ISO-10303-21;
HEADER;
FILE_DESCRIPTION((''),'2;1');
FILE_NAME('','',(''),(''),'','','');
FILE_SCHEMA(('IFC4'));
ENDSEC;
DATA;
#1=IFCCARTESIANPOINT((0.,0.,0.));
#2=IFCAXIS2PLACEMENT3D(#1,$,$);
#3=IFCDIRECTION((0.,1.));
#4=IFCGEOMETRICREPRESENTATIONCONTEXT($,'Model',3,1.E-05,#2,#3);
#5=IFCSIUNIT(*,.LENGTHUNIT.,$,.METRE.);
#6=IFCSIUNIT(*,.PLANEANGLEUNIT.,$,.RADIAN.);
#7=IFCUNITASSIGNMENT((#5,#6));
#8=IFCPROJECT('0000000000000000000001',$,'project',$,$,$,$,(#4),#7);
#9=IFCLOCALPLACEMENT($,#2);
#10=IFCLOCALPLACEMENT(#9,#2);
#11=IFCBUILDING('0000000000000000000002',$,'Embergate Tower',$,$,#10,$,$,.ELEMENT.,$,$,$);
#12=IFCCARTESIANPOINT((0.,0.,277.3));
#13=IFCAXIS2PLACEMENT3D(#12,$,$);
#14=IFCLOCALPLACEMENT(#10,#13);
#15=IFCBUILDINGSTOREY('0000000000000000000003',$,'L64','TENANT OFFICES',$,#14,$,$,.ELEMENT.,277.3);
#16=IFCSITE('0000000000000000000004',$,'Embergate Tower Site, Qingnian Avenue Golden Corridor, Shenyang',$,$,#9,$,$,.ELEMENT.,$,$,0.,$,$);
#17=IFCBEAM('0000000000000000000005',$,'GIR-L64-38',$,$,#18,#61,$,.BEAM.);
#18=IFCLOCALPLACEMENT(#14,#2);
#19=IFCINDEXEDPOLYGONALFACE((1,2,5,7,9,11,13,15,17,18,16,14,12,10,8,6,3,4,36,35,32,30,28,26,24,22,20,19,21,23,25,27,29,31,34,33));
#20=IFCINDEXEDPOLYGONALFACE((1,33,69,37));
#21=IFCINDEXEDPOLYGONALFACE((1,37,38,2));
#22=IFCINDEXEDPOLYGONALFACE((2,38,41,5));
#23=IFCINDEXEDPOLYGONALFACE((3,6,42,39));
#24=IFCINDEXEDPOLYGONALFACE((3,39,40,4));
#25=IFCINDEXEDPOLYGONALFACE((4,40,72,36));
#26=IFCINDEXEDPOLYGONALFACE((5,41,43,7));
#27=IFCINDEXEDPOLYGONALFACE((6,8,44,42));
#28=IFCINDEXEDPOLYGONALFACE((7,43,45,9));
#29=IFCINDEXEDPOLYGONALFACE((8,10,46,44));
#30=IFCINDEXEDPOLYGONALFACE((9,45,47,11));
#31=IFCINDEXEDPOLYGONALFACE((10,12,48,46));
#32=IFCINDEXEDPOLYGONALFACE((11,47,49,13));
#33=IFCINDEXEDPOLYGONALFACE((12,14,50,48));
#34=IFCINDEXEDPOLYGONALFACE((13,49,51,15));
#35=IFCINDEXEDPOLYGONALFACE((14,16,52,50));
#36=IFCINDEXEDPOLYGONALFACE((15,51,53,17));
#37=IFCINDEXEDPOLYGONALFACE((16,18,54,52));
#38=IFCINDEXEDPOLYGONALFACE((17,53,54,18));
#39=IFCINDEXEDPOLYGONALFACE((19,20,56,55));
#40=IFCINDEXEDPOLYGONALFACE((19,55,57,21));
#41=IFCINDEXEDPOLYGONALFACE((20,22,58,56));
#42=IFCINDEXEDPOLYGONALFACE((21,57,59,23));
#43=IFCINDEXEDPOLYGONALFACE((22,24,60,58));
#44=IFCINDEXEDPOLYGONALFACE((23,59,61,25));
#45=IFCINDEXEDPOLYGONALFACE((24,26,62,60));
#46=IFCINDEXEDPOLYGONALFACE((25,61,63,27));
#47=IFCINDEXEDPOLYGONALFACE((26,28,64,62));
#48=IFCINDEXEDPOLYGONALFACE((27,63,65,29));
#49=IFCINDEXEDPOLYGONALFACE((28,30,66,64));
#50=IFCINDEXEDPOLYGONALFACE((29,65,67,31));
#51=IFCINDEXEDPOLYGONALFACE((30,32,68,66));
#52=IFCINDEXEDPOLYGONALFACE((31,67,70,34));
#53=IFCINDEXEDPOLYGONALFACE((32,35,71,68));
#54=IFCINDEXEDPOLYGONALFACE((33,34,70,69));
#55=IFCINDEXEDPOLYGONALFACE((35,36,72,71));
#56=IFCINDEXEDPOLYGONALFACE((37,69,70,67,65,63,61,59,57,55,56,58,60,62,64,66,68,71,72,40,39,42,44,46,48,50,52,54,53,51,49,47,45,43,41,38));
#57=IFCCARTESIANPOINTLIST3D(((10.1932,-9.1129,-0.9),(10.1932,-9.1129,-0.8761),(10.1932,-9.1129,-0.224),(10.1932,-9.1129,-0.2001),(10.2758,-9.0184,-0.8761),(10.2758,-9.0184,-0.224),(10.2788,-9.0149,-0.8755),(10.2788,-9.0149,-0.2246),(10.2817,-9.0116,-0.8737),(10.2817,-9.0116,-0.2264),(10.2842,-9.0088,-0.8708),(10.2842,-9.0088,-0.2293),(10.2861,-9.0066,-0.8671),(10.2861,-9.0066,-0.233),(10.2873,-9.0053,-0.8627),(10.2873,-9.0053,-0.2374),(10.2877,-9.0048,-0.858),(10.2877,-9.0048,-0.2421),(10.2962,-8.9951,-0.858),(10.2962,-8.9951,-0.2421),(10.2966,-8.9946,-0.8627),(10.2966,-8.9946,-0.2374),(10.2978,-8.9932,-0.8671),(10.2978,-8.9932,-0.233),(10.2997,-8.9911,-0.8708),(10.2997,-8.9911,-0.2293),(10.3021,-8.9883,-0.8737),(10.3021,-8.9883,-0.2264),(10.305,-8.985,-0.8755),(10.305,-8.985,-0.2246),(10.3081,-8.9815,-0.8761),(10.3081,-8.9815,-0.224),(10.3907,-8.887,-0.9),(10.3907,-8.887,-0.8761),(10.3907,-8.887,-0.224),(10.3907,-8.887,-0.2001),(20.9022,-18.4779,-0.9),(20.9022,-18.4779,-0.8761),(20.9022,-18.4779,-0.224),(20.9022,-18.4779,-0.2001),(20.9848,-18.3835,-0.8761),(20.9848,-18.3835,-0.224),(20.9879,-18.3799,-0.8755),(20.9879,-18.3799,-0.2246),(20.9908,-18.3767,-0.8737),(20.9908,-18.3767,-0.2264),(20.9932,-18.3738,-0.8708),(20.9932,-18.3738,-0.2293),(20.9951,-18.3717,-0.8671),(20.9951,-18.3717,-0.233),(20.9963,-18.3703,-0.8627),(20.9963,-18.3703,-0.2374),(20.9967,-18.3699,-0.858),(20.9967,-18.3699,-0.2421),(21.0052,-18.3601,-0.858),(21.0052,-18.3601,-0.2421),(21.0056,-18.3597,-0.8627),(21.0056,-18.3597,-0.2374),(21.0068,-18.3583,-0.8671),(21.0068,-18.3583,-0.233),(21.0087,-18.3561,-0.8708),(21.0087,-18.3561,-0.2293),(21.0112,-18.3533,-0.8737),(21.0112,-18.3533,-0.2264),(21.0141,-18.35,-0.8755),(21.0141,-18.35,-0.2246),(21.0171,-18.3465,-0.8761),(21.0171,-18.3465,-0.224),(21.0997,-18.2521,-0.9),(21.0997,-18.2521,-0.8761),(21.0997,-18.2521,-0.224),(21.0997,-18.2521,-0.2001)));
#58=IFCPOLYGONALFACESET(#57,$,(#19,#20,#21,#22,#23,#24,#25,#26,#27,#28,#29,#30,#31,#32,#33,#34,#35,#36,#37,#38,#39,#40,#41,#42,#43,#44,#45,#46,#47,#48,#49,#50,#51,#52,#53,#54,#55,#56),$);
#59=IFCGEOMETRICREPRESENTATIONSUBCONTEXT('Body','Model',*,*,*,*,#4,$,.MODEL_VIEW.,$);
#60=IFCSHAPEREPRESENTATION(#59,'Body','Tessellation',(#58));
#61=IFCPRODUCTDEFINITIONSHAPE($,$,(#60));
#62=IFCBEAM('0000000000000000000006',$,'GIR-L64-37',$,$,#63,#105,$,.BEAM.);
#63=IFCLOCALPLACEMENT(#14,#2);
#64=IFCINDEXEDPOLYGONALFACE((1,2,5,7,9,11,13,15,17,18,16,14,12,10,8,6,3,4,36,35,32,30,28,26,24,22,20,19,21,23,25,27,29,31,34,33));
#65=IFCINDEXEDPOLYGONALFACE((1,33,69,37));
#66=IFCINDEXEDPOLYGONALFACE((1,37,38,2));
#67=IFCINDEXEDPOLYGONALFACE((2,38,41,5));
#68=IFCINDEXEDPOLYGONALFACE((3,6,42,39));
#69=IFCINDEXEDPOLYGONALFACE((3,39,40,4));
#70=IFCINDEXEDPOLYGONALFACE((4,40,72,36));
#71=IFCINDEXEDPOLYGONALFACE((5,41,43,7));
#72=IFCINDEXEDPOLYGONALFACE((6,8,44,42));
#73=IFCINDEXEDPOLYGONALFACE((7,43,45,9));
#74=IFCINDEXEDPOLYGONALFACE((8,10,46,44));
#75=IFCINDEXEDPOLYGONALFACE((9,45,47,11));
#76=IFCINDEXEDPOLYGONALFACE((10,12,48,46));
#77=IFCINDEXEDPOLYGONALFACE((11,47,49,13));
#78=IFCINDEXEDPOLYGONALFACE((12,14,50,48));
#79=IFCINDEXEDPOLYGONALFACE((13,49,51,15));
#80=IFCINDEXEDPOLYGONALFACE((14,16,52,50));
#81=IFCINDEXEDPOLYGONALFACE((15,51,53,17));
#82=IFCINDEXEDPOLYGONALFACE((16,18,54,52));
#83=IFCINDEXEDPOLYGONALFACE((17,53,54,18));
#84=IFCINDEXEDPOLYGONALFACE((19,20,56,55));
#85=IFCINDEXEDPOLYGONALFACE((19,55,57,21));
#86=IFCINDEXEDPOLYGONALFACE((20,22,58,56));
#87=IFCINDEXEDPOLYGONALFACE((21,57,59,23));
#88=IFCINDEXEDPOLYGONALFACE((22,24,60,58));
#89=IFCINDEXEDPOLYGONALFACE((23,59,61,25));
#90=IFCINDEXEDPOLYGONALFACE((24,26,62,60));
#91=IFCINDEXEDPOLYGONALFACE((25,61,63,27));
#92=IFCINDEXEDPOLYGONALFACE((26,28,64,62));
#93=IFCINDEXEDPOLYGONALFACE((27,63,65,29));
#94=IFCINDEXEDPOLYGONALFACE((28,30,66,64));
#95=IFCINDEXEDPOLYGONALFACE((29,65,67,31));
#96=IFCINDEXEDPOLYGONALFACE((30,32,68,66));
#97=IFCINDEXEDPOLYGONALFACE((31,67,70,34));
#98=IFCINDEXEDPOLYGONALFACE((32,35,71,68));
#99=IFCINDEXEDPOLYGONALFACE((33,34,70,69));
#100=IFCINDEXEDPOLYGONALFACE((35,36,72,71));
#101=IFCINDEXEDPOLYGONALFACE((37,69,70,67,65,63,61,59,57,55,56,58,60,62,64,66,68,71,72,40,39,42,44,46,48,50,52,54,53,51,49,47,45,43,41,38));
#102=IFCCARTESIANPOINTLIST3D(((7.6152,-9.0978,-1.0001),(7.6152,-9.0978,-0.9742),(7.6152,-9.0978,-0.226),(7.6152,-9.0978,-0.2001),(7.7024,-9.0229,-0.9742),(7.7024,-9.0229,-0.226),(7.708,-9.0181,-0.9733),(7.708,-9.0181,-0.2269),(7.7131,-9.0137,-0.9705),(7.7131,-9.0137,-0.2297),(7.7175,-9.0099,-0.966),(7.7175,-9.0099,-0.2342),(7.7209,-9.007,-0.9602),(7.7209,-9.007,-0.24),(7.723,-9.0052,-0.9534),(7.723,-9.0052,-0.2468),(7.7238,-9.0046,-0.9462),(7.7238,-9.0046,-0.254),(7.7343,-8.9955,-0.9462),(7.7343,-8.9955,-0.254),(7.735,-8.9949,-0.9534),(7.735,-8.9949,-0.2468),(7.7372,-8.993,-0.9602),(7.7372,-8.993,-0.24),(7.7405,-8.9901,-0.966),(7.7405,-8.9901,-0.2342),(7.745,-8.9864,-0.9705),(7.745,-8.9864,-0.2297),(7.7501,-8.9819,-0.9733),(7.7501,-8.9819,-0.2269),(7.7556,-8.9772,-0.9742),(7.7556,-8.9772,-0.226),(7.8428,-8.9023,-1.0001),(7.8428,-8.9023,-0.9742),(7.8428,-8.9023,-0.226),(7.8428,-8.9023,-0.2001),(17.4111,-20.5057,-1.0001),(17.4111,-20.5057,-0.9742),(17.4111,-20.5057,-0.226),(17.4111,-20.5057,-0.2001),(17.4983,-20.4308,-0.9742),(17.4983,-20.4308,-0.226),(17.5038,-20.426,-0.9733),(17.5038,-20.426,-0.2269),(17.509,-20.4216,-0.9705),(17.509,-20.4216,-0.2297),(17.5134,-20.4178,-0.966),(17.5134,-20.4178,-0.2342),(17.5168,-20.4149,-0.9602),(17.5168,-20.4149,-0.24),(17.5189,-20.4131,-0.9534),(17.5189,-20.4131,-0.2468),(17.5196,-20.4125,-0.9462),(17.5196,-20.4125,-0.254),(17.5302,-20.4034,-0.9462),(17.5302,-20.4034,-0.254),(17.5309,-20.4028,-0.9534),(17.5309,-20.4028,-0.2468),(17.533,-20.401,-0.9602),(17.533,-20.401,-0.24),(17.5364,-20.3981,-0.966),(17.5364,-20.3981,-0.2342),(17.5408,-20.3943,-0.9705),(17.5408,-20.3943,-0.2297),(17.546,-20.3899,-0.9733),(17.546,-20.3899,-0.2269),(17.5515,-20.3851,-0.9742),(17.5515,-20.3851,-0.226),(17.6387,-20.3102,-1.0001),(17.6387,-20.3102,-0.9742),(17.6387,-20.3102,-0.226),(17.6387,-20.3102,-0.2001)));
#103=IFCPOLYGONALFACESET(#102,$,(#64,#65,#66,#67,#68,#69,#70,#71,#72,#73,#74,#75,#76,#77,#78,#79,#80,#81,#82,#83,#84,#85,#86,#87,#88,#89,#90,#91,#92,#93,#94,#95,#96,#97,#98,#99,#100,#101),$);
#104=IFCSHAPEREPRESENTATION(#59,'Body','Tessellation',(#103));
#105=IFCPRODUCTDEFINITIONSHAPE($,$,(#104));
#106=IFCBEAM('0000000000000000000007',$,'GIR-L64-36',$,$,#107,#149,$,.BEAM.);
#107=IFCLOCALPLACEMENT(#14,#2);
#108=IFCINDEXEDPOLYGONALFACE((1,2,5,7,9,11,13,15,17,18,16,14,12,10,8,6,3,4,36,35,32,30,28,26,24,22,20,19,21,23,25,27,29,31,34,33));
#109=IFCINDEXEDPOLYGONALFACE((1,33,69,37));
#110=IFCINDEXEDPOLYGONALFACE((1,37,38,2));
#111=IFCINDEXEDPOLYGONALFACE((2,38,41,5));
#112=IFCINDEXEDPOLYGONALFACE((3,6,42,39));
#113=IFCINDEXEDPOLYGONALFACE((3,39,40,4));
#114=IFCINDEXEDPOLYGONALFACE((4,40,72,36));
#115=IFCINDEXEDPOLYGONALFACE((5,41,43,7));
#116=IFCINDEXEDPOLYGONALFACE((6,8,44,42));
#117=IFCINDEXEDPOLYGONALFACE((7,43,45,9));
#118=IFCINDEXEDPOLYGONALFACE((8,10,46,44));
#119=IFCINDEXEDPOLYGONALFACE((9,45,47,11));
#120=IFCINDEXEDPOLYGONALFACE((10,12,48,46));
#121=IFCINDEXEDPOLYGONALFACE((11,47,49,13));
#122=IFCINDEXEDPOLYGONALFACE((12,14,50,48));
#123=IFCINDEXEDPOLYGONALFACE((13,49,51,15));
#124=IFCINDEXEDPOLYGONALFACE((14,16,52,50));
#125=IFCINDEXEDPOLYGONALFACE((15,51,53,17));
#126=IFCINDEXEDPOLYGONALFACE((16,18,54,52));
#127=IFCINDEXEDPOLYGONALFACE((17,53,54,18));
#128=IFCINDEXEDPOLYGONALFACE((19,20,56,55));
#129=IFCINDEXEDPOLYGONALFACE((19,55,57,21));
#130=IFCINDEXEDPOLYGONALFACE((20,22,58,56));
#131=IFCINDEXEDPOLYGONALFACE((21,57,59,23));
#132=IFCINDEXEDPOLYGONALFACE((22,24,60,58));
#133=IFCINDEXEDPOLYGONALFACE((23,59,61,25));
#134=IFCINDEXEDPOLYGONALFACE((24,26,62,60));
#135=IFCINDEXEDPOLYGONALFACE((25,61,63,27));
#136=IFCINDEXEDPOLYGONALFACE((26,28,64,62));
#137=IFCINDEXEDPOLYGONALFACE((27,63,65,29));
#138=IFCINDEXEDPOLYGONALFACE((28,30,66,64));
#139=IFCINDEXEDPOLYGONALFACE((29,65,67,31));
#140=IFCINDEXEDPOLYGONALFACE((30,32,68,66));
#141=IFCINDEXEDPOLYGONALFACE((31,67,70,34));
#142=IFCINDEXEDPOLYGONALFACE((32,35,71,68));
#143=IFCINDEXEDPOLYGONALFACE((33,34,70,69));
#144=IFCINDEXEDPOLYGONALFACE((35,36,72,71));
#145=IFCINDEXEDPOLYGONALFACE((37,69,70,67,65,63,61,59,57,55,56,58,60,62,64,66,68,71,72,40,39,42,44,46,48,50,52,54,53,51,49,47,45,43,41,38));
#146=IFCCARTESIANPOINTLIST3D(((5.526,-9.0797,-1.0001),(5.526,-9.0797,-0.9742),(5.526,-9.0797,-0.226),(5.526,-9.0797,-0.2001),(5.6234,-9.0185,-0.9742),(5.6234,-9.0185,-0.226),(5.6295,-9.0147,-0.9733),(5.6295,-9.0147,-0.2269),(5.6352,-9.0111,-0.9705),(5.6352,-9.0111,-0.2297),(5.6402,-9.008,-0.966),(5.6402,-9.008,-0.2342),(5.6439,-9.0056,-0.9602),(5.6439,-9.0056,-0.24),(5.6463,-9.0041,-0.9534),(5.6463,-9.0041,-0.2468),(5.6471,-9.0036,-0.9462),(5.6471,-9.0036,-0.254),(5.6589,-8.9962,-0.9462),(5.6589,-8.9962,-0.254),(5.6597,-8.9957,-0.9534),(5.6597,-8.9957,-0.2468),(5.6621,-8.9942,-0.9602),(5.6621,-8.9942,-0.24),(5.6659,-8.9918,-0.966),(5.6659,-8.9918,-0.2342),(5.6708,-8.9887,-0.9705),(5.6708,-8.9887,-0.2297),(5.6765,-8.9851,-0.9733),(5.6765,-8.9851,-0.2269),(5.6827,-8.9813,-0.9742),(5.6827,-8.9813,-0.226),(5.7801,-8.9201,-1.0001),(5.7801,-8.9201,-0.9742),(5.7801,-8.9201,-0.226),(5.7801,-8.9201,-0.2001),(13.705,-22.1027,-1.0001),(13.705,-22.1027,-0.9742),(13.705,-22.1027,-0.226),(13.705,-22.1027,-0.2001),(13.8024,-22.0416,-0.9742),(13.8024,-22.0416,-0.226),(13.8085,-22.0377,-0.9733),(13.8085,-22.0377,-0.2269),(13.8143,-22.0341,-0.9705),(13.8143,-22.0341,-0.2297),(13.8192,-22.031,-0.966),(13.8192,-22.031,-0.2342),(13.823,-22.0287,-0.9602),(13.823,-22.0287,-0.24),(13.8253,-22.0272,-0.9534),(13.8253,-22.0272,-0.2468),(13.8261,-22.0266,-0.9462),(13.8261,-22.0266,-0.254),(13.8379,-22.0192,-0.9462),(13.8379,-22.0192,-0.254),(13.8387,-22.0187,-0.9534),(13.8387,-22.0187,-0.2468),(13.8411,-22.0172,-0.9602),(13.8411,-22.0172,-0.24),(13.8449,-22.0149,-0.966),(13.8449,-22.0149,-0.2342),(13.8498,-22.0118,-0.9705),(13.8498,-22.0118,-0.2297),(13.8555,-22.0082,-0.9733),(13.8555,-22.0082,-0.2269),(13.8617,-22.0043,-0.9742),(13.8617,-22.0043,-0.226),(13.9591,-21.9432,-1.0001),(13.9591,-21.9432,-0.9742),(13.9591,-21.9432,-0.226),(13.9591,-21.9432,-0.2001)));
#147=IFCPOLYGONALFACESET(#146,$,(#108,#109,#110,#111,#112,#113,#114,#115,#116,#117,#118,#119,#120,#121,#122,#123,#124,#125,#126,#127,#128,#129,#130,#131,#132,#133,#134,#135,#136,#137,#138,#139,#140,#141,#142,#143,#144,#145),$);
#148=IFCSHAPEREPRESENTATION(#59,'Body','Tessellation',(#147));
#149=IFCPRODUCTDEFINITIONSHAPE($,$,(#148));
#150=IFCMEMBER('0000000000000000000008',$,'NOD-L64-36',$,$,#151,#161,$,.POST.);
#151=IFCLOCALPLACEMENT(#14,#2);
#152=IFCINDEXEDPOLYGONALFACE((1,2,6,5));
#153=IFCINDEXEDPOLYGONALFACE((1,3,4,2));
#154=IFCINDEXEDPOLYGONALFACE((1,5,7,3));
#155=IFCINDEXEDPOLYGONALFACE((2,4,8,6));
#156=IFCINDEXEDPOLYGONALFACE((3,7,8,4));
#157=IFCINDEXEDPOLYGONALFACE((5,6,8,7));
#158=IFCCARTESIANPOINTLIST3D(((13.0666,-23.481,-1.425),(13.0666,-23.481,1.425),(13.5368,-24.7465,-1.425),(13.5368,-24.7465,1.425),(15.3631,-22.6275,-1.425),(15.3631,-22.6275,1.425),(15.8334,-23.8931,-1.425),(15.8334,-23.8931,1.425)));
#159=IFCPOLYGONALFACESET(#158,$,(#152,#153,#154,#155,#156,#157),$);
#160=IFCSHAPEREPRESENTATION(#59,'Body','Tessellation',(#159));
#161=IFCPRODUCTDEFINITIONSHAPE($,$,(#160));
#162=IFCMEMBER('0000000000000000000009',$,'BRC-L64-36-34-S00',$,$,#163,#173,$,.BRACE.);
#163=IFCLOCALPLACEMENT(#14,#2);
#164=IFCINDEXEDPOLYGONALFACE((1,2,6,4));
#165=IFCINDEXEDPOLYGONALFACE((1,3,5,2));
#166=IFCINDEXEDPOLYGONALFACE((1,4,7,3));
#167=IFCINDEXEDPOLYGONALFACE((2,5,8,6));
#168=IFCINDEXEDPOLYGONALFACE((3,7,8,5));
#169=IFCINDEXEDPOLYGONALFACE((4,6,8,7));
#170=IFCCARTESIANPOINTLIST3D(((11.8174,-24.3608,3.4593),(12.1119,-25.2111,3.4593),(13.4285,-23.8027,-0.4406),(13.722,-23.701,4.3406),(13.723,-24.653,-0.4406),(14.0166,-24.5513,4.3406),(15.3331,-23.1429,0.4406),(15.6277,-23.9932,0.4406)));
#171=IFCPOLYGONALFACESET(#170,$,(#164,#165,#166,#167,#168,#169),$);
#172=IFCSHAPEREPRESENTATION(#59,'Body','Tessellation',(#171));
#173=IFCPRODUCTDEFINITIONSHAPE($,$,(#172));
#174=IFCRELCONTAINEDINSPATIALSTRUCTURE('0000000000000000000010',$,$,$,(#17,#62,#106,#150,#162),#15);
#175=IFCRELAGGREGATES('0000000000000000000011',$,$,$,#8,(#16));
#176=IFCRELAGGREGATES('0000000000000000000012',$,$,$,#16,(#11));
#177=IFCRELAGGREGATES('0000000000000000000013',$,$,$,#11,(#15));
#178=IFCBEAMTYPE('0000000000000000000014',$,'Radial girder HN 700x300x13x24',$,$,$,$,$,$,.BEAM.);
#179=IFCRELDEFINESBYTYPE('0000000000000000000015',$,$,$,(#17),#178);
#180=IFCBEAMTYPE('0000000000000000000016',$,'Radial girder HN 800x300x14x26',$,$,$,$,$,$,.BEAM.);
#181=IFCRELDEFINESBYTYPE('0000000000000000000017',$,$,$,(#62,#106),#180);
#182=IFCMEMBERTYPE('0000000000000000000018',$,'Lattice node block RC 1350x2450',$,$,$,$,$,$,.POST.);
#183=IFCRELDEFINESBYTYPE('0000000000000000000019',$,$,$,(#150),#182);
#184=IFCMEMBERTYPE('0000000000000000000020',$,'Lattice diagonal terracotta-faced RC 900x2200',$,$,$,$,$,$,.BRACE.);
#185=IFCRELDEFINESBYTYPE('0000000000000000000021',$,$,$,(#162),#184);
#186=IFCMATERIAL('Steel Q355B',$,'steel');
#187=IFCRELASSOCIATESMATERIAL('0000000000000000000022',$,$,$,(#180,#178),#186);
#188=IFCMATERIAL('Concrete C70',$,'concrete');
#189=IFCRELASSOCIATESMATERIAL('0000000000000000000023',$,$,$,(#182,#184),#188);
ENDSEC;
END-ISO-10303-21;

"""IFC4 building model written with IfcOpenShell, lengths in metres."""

from ifc_helpers import new_model, si_unit, direction, frame, origin, origin_2d, place, context, subcontext, project, spatial, rectangle, i_section, extrude, source, transform, mapped, material, material_profile, profile_set, type_object, element, save


model = new_model("IFC4")

# Units and contexts
model_context = context("Model", 3, precision=1e-05, world=origin(), true_north=direction((0.0, 1.0)))
body_context = subcontext(model_context, "Body", "Model", "MODEL_VIEW")
ifc_project = project(units=[si_unit("LENGTHUNIT", "METRE"), si_unit("PLANEANGLEUNIT", "RADIAN")], contexts=[model_context])

# Site, building, storey
site_placement = place(None, origin())
site = spatial("IfcSite", under=ifc_project, at=site_placement, Name="Embergate Tower Site, Qingnian Avenue Golden Corridor, Shenyang", CompositionType="ELEMENT", RefElevation=0.0)
building_placement = place(site_placement, origin())
building = spatial("IfcBuilding", under=site, at=building_placement, Name="Embergate Tower", CompositionType="ELEMENT")
storey_placement = place(building_placement, frame((0.0, 0.0, 277.3)))
storey = spatial("IfcBuildingStorey", under=building, at=storey_placement, Name="L64", Description="TENANT OFFICES", CompositionType="ELEMENT", Elevation=277.3)

# Beams
ifc_material_1 = material(Name="Steel Q355B", Category="steel")
ifc_material_profile_1 = material_profile(ifc_material_1, i_section(OverallWidth=0.3, OverallDepth=0.8, WebThickness=0.0139, FlangeThickness=0.0259, FilletRadius=0.0281, at=origin_2d()), Name="HN 800x300x14x26")
ifc_profile_set_1 = profile_set([ifc_material_profile_1], Name="Steel Q355 grade B")
beam_type_1 = type_object("IfcBeamType", Name="Radial girder HN 800x300x14x26", PredefinedType="BEAM", material=ifc_profile_set_1)
ifc_material_profile_2 = material_profile(ifc_material_1, i_section(OverallWidth=0.3, OverallDepth=0.7, WebThickness=0.0129, FlangeThickness=0.0239, FilletRadius=0.0181, at=origin_2d()), Name="HN 700x300x13x24")
ifc_profile_set_2 = profile_set([ifc_material_profile_2], Name="Steel Q355 grade B")
beam_type_2 = type_object("IfcBeamType", Name="Radial girder HN 700x300x13x24", PredefinedType="BEAM", material=ifc_profile_set_2)
shared_shape_1 = source(origin(), body_context, "Body", "SweptSolid", [
    extrude(i_section(OverallWidth=0.3, OverallDepth=0.7, WebThickness=0.0129, FlangeThickness=0.0239, FilletRadius=0.0181, at=origin_2d()), origin(), (0.0, 0.0, 1.0), 14.2263),
])
beam_1_placement = place(storey_placement, frame((21.001, -18.365, -0.55), z_axis=(-0.752764, 0.658291, 0.0), x_axis=(-0.658291, -0.752764, 0.0)))
element("IfcBeam", 1, at=beam_1_placement, inside=storey, type_object=beam_type_2, Name="GIR-L64-38", PredefinedType="BEAM", context=body_context, shape_type="MappedRepresentation", body=[
    mapped(shared_shape_1, transform((0.0, 0.0, 0.0))),
])
shared_shape_2 = source(origin(), body_context, "Body", "SweptSolid", [
    extrude(i_section(OverallWidth=0.3, OverallDepth=0.8, WebThickness=0.0139, FlangeThickness=0.0259, FilletRadius=0.0281, at=origin_2d()), origin(), (0.0, 0.0, 1.0), 15.0366),
])
beam_2_placement = place(storey_placement, frame((17.5249, -20.408, -0.6001), z_axis=(-0.651468, 0.758676, 0.0), x_axis=(-0.758676, -0.651468, 0.0)))
element("IfcBeam", 2, at=beam_2_placement, inside=storey, type_object=beam_type_1, Name="GIR-L64-37", PredefinedType="BEAM", context=body_context, shape_type="MappedRepresentation", body=[
    mapped(shared_shape_2, transform((0.0, 0.0, 0.0))),
])
shared_shape_3 = source(origin(), body_context, "Body", "SweptSolid", [
    extrude(i_section(OverallWidth=0.3, OverallDepth=0.8, WebThickness=0.0139, FlangeThickness=0.0259, FilletRadius=0.0281, at=origin_2d()), origin(), (0.0, 0.0, 1.0), 15.3784),
])
beam_3_placement = place(storey_placement, frame((13.832, -22.0229, -0.6001), z_axis=(-0.53185, 0.846839, 0.0), x_axis=(-0.846839, -0.53185, 0.0)))
element("IfcBeam", 3, at=beam_3_placement, inside=storey, type_object=beam_type_1, Name="GIR-L64-36", PredefinedType="BEAM", context=body_context, shape_type="MappedRepresentation", body=[
    mapped(shared_shape_3, transform((0.0, 0.0, 0.0))),
])

# Members
ifc_material_2 = material(Name="Concrete C70", Category="concrete")
ifc_material_profile_3 = material_profile(ifc_material_2, rectangle(XDim=1.3501, YDim=2.45, at=origin_2d()), Name="RC 1350x2450")
ifc_profile_set_3 = profile_set([ifc_material_profile_3], Name="Concrete C70")
member_type_1 = type_object("IfcMemberType", Name="Lattice node block RC 1350x2450", PredefinedType="POST", material=ifc_profile_set_3)
shared_shape_4 = source(origin(), body_context, "Body", "SweptSolid", [
    extrude(rectangle(XDim=1.3501, YDim=2.45, at=origin_2d()), origin(), (0.0, 0.0, 1.0), 2.8501),
])
member_1_placement = place(storey_placement, frame((14.45, -23.687, -1.425), z_axis=(0.0, 0.0, 1.0), x_axis=(0.348343, -0.937367, 0.0)))
element("IfcMember", 4, at=member_1_placement, inside=storey, type_object=member_type_1, Name="NOD-L64-36", PredefinedType="POST", context=body_context, shape_type="MappedRepresentation", body=[
    mapped(shared_shape_4, transform((0.0, 0.0, 0.0))),
])
ifc_material_profile_4 = material_profile(ifc_material_2, rectangle(XDim=0.8999, YDim=2.2, at=origin_2d()), Name="RC 900x2200")
ifc_profile_set_4 = profile_set([ifc_material_profile_4], Name="Concrete C70")
member_type_2 = type_object("IfcMemberType", Name="Lattice diagonal terracotta-faced RC 900x2200", PredefinedType="BRACE", material=ifc_profile_set_4)
shared_shape_5 = source(origin(), body_context, "Body", "SweptSolid", [
    extrude(rectangle(XDim=0.8999, YDim=2.2, at=origin_2d()), origin(), (0.0, 0.0, 1.0), 4.2563),
])
member_2_placement = place(storey_placement, frame((14.5281, -23.8979, 0.0), z_axis=(-0.378515, -0.131124, 0.91626), x_axis=(0.327332, -0.944909, 0.0)))
element("IfcMember", 5, at=member_2_placement, inside=storey, type_object=member_type_2, Name="BRC-L64-36-34-S00", PredefinedType="BRACE", context=body_context, shape_type="MappedRepresentation", body=[
    mapped(shared_shape_5, transform((0.0, 0.0, 0.0))),
])

save(model, "model.ifc")
